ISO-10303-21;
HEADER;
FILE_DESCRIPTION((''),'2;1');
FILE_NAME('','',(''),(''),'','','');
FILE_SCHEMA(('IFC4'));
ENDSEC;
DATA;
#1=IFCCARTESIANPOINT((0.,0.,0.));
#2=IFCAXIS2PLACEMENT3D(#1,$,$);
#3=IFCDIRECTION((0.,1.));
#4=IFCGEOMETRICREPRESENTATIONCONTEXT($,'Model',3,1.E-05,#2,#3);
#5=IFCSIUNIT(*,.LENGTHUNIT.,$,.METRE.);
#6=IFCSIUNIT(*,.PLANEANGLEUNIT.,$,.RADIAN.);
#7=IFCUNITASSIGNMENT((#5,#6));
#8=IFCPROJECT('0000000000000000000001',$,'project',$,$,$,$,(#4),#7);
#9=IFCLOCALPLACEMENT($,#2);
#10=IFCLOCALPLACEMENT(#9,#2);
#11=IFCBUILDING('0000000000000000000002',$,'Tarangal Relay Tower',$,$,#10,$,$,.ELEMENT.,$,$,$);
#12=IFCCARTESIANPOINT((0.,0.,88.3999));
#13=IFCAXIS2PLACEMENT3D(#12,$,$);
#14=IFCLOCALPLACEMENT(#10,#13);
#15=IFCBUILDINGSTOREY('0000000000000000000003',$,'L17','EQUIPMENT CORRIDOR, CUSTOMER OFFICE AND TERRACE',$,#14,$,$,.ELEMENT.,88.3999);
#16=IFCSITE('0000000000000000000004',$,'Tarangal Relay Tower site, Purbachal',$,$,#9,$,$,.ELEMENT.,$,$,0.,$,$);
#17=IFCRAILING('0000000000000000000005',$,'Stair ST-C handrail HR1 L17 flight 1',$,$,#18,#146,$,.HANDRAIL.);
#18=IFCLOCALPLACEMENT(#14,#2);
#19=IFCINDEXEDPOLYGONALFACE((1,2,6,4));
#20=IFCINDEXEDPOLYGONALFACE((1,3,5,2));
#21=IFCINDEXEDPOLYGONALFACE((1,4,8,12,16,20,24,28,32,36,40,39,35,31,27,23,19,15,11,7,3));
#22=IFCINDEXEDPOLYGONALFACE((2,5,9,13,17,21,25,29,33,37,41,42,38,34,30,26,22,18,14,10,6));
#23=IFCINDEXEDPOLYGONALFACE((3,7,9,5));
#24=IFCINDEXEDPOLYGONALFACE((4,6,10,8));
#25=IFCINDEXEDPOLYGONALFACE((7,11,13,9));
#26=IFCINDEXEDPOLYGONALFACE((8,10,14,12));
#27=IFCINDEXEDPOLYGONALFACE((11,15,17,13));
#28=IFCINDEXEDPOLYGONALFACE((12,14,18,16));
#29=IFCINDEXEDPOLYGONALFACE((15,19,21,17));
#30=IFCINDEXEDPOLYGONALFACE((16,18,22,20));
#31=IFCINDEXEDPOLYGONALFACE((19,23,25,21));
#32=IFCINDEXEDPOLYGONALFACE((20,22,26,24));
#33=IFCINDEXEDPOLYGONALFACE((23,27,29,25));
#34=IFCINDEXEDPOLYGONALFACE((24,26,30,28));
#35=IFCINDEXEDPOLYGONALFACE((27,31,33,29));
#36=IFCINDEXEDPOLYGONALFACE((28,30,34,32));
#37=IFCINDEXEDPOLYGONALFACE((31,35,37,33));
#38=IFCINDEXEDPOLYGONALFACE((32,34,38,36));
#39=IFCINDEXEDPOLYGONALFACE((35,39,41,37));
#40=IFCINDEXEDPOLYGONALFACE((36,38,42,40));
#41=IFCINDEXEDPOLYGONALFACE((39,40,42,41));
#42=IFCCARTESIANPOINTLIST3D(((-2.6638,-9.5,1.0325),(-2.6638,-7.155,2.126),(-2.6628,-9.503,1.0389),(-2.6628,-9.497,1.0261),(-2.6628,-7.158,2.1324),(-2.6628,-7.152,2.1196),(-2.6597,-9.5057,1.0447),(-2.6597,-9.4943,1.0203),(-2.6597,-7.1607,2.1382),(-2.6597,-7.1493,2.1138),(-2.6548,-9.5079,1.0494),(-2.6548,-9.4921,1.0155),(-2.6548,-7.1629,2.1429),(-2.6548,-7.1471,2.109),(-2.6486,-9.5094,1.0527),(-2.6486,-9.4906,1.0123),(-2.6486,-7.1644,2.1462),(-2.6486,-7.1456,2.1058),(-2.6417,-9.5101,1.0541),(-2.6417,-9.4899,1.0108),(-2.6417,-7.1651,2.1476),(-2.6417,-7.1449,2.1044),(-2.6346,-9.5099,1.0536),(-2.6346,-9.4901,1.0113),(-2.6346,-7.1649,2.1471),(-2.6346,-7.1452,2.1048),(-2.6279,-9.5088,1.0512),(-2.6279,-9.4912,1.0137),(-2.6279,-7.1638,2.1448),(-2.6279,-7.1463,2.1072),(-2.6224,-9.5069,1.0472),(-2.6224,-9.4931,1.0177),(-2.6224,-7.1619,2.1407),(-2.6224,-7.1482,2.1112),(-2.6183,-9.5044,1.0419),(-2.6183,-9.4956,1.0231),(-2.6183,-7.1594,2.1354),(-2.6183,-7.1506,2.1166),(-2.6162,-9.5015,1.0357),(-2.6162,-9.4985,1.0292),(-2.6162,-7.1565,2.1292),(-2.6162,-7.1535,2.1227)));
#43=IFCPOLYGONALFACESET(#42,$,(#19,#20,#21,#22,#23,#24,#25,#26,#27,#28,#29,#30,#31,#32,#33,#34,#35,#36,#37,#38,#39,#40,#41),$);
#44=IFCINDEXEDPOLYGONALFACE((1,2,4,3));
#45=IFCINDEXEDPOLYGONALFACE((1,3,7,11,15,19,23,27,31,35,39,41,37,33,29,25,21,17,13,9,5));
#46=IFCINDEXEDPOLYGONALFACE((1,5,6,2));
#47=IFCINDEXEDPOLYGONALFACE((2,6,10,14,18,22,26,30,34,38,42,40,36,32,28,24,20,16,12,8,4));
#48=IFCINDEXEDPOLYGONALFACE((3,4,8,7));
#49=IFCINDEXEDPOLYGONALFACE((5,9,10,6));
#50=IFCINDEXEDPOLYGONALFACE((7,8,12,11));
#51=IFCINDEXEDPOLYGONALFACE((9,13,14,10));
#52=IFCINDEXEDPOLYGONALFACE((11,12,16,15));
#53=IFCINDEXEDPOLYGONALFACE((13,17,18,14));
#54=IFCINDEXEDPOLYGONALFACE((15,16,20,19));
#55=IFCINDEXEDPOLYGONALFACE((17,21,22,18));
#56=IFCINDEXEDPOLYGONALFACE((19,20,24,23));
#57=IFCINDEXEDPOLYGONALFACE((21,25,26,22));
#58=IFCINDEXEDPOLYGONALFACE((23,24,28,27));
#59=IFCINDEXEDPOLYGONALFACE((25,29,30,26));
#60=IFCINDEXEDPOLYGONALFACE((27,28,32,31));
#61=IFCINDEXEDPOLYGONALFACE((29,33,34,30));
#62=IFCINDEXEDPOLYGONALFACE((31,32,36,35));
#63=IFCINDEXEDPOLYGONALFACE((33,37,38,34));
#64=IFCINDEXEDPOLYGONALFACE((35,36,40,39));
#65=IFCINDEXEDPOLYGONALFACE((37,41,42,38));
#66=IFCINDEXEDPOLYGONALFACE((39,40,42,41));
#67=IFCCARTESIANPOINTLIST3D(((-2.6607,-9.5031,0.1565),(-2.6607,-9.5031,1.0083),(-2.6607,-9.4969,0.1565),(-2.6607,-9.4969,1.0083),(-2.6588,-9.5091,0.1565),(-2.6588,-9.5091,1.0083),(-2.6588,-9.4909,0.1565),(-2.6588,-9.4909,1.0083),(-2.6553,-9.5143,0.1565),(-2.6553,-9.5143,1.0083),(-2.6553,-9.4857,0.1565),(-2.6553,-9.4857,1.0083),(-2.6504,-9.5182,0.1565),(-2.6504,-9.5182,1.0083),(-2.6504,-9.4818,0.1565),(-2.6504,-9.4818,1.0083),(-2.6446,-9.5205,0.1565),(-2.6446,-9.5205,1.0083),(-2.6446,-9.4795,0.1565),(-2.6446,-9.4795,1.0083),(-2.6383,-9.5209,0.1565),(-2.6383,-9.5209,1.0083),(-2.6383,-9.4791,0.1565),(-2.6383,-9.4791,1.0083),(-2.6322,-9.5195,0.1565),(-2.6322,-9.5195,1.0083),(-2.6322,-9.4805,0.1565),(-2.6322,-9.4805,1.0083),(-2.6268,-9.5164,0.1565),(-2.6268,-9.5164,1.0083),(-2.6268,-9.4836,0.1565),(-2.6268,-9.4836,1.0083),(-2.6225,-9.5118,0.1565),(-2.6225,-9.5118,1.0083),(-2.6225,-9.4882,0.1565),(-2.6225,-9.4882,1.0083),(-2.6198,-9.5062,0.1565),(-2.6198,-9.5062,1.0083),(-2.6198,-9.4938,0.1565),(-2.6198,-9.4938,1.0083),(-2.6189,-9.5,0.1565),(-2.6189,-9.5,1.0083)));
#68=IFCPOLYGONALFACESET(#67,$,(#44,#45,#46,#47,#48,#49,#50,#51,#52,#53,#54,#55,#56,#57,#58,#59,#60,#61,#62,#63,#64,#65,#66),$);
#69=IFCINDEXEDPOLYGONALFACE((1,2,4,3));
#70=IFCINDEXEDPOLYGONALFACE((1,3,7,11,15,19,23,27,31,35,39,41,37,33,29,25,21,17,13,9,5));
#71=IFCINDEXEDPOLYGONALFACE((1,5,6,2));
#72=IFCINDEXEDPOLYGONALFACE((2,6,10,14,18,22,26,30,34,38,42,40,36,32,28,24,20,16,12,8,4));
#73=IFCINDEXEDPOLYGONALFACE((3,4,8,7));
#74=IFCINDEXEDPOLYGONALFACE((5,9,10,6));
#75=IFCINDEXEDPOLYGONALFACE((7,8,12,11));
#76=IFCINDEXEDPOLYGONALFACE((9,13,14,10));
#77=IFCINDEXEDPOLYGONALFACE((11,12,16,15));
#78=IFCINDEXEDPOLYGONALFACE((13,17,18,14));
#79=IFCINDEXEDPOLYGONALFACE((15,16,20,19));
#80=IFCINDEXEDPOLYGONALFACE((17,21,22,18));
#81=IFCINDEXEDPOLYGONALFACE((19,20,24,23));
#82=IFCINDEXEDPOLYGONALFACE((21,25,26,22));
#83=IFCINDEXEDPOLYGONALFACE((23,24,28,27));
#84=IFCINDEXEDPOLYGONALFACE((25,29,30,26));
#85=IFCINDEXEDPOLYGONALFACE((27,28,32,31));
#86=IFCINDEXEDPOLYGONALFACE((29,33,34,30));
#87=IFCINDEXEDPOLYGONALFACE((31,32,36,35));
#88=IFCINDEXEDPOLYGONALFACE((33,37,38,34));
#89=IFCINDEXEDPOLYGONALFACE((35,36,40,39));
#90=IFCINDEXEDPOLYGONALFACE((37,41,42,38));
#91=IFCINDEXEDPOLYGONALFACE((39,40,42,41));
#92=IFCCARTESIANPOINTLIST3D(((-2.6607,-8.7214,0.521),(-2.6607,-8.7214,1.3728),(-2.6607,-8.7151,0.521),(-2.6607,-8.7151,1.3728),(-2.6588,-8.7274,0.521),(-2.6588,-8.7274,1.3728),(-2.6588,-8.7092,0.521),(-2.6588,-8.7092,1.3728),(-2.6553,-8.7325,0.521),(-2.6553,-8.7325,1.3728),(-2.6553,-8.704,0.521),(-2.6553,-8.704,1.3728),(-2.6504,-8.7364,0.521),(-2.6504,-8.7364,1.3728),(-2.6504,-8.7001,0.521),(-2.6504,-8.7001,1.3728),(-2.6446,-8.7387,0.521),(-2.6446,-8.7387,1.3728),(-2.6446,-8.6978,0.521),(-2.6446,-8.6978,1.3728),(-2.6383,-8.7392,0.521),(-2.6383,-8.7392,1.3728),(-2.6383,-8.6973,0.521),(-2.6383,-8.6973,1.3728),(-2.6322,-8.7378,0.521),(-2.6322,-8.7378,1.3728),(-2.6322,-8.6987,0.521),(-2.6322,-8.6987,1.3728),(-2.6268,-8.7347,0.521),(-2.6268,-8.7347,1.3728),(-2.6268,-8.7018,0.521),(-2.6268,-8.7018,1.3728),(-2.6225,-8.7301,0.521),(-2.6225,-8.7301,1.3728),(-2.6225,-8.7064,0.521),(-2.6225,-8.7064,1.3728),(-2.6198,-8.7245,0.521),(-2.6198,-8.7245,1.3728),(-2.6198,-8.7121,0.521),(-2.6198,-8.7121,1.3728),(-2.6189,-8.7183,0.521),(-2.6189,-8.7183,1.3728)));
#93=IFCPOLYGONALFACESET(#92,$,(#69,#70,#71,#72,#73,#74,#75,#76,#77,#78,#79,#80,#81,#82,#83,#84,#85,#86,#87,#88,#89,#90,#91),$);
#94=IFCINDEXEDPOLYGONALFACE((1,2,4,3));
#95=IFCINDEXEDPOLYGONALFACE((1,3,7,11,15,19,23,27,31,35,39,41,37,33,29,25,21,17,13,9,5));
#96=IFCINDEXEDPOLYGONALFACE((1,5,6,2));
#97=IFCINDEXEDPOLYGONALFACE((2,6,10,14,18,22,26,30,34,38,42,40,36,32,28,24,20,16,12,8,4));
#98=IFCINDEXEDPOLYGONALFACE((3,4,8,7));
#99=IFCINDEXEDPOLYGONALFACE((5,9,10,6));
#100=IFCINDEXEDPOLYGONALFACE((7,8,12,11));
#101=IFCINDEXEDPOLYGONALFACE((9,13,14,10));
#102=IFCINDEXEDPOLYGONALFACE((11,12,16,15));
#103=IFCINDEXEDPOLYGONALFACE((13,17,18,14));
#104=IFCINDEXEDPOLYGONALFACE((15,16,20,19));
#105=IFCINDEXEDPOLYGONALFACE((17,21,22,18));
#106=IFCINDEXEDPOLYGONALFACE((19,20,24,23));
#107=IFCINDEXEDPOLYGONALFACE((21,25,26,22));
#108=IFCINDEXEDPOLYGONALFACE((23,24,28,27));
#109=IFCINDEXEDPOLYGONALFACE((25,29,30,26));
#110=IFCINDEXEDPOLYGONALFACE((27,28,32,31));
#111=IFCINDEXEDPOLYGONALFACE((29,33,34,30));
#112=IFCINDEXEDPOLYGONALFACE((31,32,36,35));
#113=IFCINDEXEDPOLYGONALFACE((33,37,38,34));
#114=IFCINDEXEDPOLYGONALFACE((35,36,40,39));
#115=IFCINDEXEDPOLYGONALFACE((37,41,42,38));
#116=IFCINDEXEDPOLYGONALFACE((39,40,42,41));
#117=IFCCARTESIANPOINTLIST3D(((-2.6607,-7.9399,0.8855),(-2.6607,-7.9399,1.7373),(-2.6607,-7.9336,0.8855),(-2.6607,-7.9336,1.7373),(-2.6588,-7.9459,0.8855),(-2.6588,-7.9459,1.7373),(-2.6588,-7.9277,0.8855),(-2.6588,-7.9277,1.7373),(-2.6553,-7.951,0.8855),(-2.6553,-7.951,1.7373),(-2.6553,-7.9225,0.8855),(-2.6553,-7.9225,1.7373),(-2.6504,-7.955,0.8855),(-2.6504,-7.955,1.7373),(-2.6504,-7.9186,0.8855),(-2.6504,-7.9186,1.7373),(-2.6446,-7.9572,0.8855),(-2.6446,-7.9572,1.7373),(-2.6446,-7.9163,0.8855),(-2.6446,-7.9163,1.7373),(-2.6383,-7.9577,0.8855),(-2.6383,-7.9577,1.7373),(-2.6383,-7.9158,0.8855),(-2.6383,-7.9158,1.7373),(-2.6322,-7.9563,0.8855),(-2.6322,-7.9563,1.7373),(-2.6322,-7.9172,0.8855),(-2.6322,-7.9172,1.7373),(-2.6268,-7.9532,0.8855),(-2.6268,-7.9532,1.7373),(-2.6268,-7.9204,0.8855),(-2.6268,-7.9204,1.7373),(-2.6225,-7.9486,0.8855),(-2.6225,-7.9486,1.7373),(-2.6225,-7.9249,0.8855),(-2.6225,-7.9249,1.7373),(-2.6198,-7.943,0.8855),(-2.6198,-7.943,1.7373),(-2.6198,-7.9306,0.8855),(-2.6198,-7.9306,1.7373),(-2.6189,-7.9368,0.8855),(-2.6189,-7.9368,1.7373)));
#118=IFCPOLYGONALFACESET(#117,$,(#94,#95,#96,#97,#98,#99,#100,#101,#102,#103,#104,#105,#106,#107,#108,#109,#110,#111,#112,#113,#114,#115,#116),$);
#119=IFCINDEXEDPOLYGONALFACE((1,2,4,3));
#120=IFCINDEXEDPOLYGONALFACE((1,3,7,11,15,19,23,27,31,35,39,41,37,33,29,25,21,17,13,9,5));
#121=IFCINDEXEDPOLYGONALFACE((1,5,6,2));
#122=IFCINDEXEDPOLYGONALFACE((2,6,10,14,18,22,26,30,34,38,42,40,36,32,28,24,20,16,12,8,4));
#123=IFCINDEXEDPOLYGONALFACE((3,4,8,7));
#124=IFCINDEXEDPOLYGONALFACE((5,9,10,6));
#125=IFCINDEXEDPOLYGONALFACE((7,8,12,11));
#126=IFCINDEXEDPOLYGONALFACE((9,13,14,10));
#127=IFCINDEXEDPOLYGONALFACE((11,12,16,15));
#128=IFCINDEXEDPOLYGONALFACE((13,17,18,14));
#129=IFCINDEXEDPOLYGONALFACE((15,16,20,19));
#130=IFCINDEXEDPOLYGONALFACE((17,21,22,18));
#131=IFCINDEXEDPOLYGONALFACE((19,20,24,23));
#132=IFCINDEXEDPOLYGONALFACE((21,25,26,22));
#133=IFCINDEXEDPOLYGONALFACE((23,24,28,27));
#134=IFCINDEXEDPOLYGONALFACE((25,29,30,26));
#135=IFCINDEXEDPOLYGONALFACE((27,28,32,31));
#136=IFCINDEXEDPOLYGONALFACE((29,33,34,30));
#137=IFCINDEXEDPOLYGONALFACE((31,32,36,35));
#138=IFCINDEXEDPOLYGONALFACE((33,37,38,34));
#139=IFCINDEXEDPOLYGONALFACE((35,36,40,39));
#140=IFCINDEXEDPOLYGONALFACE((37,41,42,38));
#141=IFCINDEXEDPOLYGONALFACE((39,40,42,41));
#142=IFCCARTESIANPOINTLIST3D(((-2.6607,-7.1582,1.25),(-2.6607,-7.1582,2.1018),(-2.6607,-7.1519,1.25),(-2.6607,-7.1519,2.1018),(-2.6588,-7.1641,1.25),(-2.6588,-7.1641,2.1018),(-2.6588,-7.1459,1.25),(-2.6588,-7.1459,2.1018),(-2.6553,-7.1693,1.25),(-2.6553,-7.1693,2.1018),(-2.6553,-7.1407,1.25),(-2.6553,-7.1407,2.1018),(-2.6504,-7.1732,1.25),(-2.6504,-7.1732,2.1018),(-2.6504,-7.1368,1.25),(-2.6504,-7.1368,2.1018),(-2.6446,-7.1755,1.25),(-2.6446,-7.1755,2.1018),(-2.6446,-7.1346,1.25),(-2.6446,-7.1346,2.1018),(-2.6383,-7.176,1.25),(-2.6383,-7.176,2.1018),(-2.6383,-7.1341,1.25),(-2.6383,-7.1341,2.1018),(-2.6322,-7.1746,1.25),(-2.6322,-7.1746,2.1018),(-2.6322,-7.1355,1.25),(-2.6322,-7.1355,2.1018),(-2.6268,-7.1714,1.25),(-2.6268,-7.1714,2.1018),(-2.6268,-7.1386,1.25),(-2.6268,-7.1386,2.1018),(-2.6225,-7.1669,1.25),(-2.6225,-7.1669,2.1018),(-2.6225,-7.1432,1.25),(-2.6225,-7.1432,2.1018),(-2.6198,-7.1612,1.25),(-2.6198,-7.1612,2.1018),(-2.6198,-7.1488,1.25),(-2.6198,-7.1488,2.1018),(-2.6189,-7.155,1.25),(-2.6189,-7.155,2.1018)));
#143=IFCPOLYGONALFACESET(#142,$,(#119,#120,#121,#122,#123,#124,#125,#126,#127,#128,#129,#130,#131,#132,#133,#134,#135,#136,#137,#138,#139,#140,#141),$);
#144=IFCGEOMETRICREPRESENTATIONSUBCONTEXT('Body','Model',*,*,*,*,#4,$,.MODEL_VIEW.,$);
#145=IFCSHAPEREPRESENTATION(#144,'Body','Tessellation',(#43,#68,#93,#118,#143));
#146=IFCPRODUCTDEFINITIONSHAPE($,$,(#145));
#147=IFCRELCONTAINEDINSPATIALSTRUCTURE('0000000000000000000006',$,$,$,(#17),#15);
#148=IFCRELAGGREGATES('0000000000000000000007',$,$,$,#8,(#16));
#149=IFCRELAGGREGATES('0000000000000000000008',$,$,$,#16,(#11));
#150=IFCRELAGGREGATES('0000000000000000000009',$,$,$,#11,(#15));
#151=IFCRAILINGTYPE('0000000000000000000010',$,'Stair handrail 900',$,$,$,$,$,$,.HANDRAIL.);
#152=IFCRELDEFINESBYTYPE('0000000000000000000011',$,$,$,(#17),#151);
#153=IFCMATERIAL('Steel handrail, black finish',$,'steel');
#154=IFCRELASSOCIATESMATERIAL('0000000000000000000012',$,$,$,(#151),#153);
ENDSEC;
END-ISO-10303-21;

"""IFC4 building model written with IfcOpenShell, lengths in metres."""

from ifc_helpers import new_model, si_unit, direction, frame, origin, origin_2d, place, context, subcontext, project, spatial, circle, extrude, material, type_object, element, save


model = new_model("IFC4")

# Units and contexts
model_context = context("Model", 3, precision=1e-05, world=origin(), true_north=direction((0.0, 1.0)))
body_context = subcontext(model_context, "Body", "Model", "MODEL_VIEW")
ifc_project = project(units=[si_unit("LENGTHUNIT", "METRE"), si_unit("PLANEANGLEUNIT", "RADIAN")], contexts=[model_context])

# Site, building, storey
site_placement = place(None, origin())
site = spatial("IfcSite", under=ifc_project, at=site_placement, Name="Tarangal Relay Tower site, Purbachal", CompositionType="ELEMENT", RefElevation=0.0)
building_placement = place(site_placement, origin())
building = spatial("IfcBuilding", under=site, at=building_placement, Name="Tarangal Relay Tower", CompositionType="ELEMENT")
storey_placement = place(building_placement, frame((0.0, 0.0, 88.3999)))
storey = spatial("IfcBuildingStorey", under=building, at=storey_placement, Name="L17", Description="EQUIPMENT CORRIDOR, CUSTOMER OFFICE AND TERRACE", CompositionType="ELEMENT", Elevation=88.3999)

# Railing
ifc_material_1 = material(Name="Steel handrail, black finish", Category="steel")
railing_type_1 = type_object("IfcRailingType", Name="Stair handrail 900", PredefinedType="HANDRAIL", material=ifc_material_1)
for number, where, name in (
    (1, (-2.6399, -9.5, 0.1565), "Stair ST-C handrail HR1 L17 flight 1"),
):
    element("IfcRailing", number, at=place(storey_placement, frame(where)), inside=storey, type_object=railing_type_1, Name=name, PredefinedType="HANDRAIL", context=body_context, shape_type="SweptSolid", body=[
        extrude(circle(Radius=0.0239, at=origin_2d()), frame((0.0, 0.0, 0.876), z_axis=(0.0, 0.906304, 0.422627), x_axis=(-1.0, 0.0, 0.0)), (0.0, 0.0, 1.0), 2.5874),
        extrude(circle(Radius=0.021, at=origin_2d()), origin(), (0.0, 0.0, 1.0), 0.8518),
        extrude(circle(Radius=0.021, at=origin_2d()), frame((0.0, 0.7817, 0.3645)), (0.0, 0.0, 1.0), 0.8518),
        extrude(circle(Radius=0.021, at=origin_2d()), frame((0.0, 1.5632, 0.729)), (0.0, 0.0, 1.0), 0.8518),
        extrude(circle(Radius=0.021, at=origin_2d()), frame((0.0, 2.345, 1.0935)), (0.0, 0.0, 1.0), 0.8518),
    ])

save(model, "model.ifc")
